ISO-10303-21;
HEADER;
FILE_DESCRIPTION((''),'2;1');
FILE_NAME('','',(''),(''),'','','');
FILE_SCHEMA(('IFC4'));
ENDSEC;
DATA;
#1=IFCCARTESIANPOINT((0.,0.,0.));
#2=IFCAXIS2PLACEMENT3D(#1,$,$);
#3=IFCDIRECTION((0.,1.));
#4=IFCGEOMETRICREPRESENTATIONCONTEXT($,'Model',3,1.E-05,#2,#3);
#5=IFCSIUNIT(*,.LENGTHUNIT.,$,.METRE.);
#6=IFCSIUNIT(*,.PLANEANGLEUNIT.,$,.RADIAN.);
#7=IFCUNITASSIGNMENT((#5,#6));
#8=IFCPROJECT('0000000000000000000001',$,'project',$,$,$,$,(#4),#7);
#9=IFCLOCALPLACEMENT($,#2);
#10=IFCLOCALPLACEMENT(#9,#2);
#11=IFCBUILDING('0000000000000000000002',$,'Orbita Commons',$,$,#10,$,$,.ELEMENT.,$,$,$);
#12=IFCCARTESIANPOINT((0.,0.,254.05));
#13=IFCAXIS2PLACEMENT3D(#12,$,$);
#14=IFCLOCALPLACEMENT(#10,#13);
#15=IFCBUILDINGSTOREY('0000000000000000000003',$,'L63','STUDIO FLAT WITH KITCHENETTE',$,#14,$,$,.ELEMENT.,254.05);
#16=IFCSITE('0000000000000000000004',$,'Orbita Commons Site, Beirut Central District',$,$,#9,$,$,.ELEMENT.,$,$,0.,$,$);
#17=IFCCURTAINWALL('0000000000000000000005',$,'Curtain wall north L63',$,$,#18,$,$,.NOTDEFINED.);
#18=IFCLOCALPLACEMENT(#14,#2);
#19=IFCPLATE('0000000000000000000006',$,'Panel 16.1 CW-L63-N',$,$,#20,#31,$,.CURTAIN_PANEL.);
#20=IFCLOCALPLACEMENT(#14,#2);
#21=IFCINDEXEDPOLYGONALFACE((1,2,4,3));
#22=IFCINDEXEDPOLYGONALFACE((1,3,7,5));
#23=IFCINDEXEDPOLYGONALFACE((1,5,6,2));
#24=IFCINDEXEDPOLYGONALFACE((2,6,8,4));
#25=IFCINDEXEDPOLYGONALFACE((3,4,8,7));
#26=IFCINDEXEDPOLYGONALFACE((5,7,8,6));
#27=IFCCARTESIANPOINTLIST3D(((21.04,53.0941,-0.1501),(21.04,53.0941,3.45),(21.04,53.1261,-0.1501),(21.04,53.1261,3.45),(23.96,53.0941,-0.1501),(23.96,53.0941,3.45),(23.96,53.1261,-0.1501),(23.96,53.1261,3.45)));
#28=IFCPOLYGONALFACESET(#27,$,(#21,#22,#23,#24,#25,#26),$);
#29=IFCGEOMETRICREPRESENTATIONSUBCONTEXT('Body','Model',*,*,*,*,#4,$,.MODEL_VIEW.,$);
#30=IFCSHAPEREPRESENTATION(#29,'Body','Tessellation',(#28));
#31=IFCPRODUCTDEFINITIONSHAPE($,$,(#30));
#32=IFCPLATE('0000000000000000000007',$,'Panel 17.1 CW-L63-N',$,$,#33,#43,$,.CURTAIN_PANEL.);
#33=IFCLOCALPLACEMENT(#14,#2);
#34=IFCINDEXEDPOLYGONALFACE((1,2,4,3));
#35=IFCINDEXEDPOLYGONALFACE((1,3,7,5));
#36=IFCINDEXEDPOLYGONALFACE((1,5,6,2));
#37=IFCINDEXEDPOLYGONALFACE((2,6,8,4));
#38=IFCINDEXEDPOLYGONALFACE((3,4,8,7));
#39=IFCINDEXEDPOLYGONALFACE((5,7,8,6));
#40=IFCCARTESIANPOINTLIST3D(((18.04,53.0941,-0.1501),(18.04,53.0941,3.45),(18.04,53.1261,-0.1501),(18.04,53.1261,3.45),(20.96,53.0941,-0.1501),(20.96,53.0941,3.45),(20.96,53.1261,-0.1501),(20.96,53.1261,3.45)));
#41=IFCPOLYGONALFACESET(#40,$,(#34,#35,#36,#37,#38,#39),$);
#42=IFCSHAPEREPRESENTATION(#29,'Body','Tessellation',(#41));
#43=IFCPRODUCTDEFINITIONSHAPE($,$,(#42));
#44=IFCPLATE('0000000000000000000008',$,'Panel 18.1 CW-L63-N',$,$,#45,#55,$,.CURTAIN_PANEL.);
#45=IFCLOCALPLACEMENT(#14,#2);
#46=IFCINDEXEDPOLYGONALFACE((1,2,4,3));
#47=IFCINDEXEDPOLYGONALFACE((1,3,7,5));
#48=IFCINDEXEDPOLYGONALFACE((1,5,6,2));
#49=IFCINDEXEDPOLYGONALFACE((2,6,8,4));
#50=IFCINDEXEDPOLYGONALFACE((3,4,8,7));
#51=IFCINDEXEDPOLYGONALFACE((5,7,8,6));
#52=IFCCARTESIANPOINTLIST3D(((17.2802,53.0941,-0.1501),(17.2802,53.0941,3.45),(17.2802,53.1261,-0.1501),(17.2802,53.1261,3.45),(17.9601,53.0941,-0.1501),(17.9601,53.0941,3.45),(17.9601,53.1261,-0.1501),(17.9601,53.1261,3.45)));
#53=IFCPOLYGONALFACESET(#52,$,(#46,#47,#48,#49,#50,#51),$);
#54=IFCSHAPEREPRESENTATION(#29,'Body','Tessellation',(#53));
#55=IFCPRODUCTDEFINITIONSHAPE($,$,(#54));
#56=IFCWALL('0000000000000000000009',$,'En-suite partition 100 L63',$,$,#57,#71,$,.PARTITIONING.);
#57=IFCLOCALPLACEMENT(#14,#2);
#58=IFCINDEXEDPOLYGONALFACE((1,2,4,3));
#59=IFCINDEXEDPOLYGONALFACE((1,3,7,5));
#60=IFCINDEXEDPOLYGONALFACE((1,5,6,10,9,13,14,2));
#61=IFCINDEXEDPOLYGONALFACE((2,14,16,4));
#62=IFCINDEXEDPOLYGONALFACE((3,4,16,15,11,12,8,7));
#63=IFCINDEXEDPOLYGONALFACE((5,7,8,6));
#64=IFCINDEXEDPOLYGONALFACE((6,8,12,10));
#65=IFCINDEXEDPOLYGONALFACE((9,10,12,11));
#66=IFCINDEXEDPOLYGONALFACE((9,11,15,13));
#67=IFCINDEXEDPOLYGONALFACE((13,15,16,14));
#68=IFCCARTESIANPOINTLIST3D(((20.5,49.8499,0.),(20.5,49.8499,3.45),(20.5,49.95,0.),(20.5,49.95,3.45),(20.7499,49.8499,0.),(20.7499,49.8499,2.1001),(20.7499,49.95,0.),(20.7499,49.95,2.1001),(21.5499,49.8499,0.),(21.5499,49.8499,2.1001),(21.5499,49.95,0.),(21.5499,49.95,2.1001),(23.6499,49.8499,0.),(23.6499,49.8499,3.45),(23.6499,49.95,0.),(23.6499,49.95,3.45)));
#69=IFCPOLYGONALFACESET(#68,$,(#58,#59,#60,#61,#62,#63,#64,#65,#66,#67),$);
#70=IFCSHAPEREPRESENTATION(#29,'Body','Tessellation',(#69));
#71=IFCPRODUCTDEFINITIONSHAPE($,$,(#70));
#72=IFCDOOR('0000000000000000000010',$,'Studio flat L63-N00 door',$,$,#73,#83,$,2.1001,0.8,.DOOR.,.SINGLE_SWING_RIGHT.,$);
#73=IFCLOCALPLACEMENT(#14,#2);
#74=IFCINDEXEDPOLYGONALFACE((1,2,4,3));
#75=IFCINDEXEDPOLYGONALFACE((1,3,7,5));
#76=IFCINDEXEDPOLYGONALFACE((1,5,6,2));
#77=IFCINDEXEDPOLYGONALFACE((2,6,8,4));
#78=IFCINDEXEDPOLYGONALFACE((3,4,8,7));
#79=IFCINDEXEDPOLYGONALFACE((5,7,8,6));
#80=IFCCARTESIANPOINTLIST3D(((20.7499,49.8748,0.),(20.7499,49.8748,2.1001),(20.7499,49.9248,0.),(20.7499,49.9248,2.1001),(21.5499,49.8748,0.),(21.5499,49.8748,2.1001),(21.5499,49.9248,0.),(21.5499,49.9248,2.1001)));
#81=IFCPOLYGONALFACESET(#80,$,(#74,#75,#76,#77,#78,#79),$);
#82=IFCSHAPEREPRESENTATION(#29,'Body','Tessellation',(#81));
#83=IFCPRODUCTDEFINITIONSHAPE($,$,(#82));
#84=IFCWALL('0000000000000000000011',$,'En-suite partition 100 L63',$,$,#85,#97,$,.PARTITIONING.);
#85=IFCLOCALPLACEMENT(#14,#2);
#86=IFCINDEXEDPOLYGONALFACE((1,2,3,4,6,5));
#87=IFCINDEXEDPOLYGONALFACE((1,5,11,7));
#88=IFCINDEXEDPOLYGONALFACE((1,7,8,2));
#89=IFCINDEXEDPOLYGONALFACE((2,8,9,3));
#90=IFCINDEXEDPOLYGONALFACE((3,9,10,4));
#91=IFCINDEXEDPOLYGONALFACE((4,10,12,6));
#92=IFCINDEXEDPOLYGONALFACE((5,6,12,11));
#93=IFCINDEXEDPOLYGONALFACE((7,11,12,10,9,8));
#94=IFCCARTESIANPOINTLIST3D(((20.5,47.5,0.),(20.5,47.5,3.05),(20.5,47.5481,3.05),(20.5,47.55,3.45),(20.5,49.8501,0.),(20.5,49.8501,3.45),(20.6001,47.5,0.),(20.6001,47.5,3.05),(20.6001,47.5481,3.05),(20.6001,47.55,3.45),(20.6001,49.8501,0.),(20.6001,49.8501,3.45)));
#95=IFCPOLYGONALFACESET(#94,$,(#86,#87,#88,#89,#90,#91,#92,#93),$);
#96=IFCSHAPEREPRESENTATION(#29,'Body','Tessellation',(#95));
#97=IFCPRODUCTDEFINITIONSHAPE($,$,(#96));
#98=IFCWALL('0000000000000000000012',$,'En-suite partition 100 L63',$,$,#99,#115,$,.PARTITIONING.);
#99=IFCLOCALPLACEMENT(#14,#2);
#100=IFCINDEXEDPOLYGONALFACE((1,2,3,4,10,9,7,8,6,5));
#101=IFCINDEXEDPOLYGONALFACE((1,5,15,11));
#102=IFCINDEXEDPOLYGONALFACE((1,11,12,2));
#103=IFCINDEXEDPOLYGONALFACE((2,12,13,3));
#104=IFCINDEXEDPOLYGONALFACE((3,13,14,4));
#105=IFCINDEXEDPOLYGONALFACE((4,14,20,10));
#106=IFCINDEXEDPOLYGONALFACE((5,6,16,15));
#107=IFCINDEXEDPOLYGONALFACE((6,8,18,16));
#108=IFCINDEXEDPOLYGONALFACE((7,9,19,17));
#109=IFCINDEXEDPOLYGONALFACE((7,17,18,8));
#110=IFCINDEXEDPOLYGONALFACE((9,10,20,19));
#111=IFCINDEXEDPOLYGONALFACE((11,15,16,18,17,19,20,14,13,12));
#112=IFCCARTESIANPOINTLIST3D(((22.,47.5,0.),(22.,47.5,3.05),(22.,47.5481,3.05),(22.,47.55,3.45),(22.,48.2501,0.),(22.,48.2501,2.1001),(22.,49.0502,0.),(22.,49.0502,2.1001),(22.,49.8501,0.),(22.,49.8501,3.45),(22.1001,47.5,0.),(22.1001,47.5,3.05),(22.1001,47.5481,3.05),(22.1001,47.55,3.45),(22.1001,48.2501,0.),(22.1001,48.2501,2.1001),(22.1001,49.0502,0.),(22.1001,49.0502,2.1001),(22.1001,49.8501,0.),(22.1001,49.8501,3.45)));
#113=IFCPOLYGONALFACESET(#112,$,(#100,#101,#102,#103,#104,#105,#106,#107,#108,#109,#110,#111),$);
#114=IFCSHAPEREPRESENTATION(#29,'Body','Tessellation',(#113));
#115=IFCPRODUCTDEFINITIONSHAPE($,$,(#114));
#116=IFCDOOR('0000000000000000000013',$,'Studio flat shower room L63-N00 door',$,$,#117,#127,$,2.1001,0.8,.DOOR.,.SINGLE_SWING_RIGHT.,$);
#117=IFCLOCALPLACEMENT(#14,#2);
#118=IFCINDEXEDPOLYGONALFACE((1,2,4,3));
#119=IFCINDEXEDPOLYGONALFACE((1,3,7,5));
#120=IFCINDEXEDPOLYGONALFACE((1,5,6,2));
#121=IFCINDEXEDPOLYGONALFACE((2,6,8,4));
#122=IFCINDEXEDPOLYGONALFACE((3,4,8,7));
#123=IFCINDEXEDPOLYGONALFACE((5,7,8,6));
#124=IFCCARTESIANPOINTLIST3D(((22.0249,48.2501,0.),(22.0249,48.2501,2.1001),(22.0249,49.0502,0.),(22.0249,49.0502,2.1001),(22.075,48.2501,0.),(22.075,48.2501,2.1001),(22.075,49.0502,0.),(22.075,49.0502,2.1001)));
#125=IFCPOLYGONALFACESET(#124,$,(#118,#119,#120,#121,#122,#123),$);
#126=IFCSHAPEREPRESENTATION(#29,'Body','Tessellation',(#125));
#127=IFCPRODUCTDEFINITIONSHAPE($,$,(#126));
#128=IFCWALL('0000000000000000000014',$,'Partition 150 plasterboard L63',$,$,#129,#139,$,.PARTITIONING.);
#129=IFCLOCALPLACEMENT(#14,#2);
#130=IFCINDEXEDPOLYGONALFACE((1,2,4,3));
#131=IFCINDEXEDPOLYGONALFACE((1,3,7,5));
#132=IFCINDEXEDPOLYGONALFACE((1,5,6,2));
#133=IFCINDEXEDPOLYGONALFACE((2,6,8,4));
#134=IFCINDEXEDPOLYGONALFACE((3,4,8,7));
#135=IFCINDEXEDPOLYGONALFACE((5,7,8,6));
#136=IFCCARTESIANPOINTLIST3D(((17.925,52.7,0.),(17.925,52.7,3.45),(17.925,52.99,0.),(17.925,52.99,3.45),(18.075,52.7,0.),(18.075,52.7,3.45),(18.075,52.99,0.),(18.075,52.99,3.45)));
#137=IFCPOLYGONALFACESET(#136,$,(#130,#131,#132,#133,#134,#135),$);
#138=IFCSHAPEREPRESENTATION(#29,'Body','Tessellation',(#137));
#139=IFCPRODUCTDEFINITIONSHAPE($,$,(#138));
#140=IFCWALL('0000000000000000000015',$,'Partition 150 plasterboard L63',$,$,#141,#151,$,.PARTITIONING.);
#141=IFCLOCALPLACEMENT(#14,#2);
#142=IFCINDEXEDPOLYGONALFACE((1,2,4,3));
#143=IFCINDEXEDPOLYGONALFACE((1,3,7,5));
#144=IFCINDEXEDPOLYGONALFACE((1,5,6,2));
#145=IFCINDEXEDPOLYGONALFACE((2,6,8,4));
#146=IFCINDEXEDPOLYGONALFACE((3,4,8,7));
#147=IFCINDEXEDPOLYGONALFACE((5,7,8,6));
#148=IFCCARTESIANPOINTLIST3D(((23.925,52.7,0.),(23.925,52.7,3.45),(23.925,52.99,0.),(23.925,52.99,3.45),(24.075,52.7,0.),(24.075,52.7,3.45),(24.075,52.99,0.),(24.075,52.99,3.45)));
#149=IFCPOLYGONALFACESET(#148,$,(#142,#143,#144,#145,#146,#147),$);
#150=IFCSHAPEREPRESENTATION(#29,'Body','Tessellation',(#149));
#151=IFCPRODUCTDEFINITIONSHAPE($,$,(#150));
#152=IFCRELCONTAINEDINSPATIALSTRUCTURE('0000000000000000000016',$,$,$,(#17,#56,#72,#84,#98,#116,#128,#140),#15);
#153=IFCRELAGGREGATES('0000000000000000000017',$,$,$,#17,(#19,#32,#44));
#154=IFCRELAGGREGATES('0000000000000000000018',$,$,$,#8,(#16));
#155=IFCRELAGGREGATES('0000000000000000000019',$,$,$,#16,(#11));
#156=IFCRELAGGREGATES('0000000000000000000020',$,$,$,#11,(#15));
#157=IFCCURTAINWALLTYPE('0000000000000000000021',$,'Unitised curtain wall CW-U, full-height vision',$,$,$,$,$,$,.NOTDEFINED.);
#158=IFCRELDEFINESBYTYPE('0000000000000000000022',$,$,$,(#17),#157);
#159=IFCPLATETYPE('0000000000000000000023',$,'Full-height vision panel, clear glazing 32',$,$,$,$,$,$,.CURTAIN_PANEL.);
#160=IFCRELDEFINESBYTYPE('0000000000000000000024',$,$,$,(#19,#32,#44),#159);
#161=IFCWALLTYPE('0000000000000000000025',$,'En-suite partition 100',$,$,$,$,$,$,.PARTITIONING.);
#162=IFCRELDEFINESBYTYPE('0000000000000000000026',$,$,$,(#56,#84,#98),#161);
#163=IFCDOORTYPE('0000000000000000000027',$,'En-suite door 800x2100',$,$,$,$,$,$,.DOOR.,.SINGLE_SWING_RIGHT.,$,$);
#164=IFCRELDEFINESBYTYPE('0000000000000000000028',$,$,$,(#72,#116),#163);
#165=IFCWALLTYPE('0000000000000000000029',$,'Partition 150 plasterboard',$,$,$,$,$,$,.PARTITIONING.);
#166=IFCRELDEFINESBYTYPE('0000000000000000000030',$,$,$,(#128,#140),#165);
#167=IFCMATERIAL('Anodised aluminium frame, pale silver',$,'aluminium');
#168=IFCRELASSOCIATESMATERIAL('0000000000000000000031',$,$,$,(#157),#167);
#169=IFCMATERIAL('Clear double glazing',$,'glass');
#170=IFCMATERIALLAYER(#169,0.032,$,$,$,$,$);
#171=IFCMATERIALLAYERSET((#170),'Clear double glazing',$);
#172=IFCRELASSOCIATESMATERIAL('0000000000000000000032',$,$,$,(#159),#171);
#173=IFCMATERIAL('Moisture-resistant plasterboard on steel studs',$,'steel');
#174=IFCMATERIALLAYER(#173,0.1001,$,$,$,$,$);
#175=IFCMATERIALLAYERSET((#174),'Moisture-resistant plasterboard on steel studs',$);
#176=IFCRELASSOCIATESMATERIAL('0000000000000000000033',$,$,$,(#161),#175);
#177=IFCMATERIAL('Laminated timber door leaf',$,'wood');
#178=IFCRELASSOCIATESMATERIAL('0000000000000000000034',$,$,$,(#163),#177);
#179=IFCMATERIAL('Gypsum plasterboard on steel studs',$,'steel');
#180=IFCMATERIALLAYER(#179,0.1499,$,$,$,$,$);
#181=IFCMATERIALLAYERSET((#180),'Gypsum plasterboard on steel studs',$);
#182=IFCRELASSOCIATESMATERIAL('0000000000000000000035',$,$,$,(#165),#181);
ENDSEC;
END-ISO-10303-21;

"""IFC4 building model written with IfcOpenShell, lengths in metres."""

from ifc_helpers import new_model, si_unit, direction, frame, frame_2d, origin, origin_2d, place, context, subcontext, project, spatial, polyline, rectangle, outline, extrude, material, layer, layer_set, type_object, element, fill, aggregate, save


model = new_model("IFC4")

# Units and contexts
model_context = context("Model", 3, precision=1e-05, world=origin(), true_north=direction((0.0, 1.0)))
body_context = subcontext(model_context, "Body", "Model", "MODEL_VIEW")
ifc_project = project(units=[si_unit("LENGTHUNIT", "METRE"), si_unit("PLANEANGLEUNIT", "RADIAN")], contexts=[model_context])

# Site, building, storey
site_placement = place(None, origin())
site = spatial("IfcSite", under=ifc_project, at=site_placement, Name="Orbita Commons Site, Beirut Central District", CompositionType="ELEMENT", RefElevation=0.0)
building_placement = place(site_placement, origin())
building = spatial("IfcBuilding", under=site, at=building_placement, Name="Orbita Commons", CompositionType="ELEMENT")
storey_placement = place(building_placement, frame((0.0, 0.0, 254.05)))
storey = spatial("IfcBuildingStorey", under=building, at=storey_placement, Name="L63", Description="STUDIO FLAT WITH KITCHENETTE", CompositionType="ELEMENT", Elevation=254.05)

# Curtain wall
ifc_material_1 = material(Name="Anodised aluminium frame, pale silver", Category="aluminium")
curtain_wall_type = type_object("IfcCurtainWallType", Name="Unitised curtain wall CW-U, full-height vision", PredefinedType="NOTDEFINED", material=ifc_material_1)
curtain_wall_placement = place(storey_placement, origin())
curtain_wall = element("IfcCurtainWall", 1, at=curtain_wall_placement, inside=storey, type_object=curtain_wall_type, Name="Curtain wall north L63", PredefinedType="NOTDEFINED")

# Plates
ifc_material_2 = material(Name="Clear double glazing", Category="glass")
ifc_layer_1 = layer(ifc_material_2, 0.032)
ifc_layer_set_1 = layer_set([ifc_layer_1], Name="Clear double glazing")
plate_type = type_object("IfcPlateType", Name="Full-height vision panel, clear glazing 32", PredefinedType="CURTAIN_PANEL", material=ifc_layer_set_1)
plate_1_placement = place(storey_placement, frame((22.5, 53.1101, -0.1501), z_axis=(0.0, 0.0, 1.0), x_axis=(-1.0, 0.0, 0.0)))
plate_1 = element("IfcPlate", 2, at=plate_1_placement, type_object=plate_type, Name="Panel 16.1 CW-L63-N", PredefinedType="CURTAIN_PANEL", context=body_context, shape_type="SweptSolid", body=[
    extrude(rectangle(XDim=2.9199, YDim=0.032, at=origin_2d()), origin(), (0.0, 0.0, 1.0), 3.6001),
])
plate_2_placement = place(storey_placement, frame((19.5, 53.1101, -0.1501), z_axis=(0.0, 0.0, 1.0), x_axis=(-1.0, 0.0, 0.0)))
plate_2 = element("IfcPlate", 3, at=plate_2_placement, type_object=plate_type, Name="Panel 17.1 CW-L63-N", PredefinedType="CURTAIN_PANEL", context=body_context, shape_type="SweptSolid", body=[
    extrude(rectangle(XDim=2.9199, YDim=0.032, at=origin_2d()), origin(), (0.0, 0.0, 1.0), 3.6001),
])
plate_3_placement = place(storey_placement, frame((17.6201, 53.1101, -0.1501), z_axis=(0.0, 0.0, 1.0), x_axis=(-1.0, 0.0, 0.0)))
plate_3 = element("IfcPlate", 4, at=plate_3_placement, type_object=plate_type, Name="Panel 18.1 CW-L63-N", PredefinedType="CURTAIN_PANEL", context=body_context, shape_type="SweptSolid", body=[
    extrude(rectangle(XDim=0.6799, YDim=0.032, at=origin_2d()), origin(), (0.0, 0.0, 1.0), 3.6001),
])
aggregate(curtain_wall, [plate_1, plate_2, plate_3])

# Wall, opening, door
ifc_material_3 = material(Name="Moisture-resistant plasterboard on steel studs", Category="steel")
ifc_layer_2 = layer(ifc_material_3, 0.1001)
ifc_layer_set_2 = layer_set([ifc_layer_2], Name="Moisture-resistant plasterboard on steel studs")
wall_type_1 = type_object("IfcWallType", Name="En-suite partition 100", PredefinedType="PARTITIONING", material=ifc_layer_set_2)
wall_1_placement = place(storey_placement, frame((20.5, 49.8999, 0.0), z_axis=(0.0, 0.0, 1.0), x_axis=(1.0, 0.0, 0.0)))
wall_1 = element("IfcWall", 5, at=wall_1_placement, inside=storey, type_object=wall_type_1, Name="En-suite partition 100 L63", PredefinedType="PARTITIONING", context=body_context, shape_type="SweptSolid", body=[
    extrude(rectangle(XDim=3.1499, YDim=0.1001, at=frame_2d((1.575, 0.0))), origin(), (0.0, 0.0, 1.0), 3.45),
])
opening_1_placement = place(wall_1_placement, frame((0.25, 0.0, 0.0)))
opening_1 = element("IfcOpeningElement", 6, at=opening_1_placement, cuts=wall_1, PredefinedType="OPENING", context=body_context, shape_type="SweptSolid", body=[
    extrude(rectangle(XDim=0.8, YDim=2.1001, at=frame_2d((0.3999, 1.05))), frame((0.0, 0.0601, 0.0), z_axis=(0.0, -1.0, 0.0), x_axis=(1.0, 0.0, 0.0)), (0.0, 0.0, 1.0), 0.1201),
])
ifc_material_4 = material(Name="Laminated timber door leaf", Category="wood")
door_type = type_object("IfcDoorType", Name="En-suite door 800x2100", OperationType="SINGLE_SWING_RIGHT", PredefinedType="DOOR", material=ifc_material_4)
door_1_placement = place(opening_1_placement, origin())
door_1 = element("IfcDoor", 7, at=door_1_placement, inside=storey, type_object=door_type, Name="Studio flat L63-N00 door", OperationType="SINGLE_SWING_RIGHT", OverallHeight=2.1001, OverallWidth=0.8, PredefinedType="DOOR", context=body_context, shape_type="SweptSolid", body=[
    extrude(rectangle(XDim=0.8, YDim=2.1001, at=frame_2d((0.3999, 1.05))), frame((0.0, 0.0249, 0.0), z_axis=(0.0, -1.0, 0.0), x_axis=(1.0, 0.0, 0.0)), (0.0, 0.0, 1.0), 0.05),
])
fill(opening_1, door_1)

# Wall
wall_2_placement = place(storey_placement, frame((20.55, 49.8501, 0.0), z_axis=(0.0, 0.0, 1.0), x_axis=(0.0, -1.0, 0.0)))
element("IfcWall", 8, at=wall_2_placement, inside=storey, type_object=wall_type_1, Name="En-suite partition 100 L63", PredefinedType="PARTITIONING", context=body_context, shape_type="SweptSolid", body=[
    extrude(outline(polyline([(0.0, 0.0), (2.3501, 0.0), (2.3501, 3.05), (2.302, 3.05), (2.3, 3.45), (0.0, 3.45), (0.0, 0.0)])), frame((0.0, 0.05, 0.0), z_axis=(0.0, -1.0, 0.0), x_axis=(1.0, 0.0, 0.0)), (0.0, 0.0, 1.0), 0.1001),
])

# Wall, opening, door
wall_3_placement = place(storey_placement, frame((22.05, 49.8501, 0.0), z_axis=(0.0, 0.0, 1.0), x_axis=(0.0, -1.0, 0.0)))
wall_3 = element("IfcWall", 9, at=wall_3_placement, inside=storey, type_object=wall_type_1, Name="En-suite partition 100 L63", PredefinedType="PARTITIONING", context=body_context, shape_type="SweptSolid", body=[
    extrude(outline(polyline([(0.0, 0.0), (2.3501, 0.0), (2.3501, 3.05), (2.302, 3.05), (2.3, 3.45), (0.0, 3.45), (0.0, 0.0)])), frame((0.0, 0.05, 0.0), z_axis=(0.0, -1.0, 0.0), x_axis=(1.0, 0.0, 0.0)), (0.0, 0.0, 1.0), 0.1001),
])
opening_2_placement = place(wall_3_placement, frame((0.8, 0.0, 0.0)))
opening_2 = element("IfcOpeningElement", 10, at=opening_2_placement, cuts=wall_3, PredefinedType="OPENING", context=body_context, shape_type="SweptSolid", body=[
    extrude(rectangle(XDim=0.8, YDim=2.1001, at=frame_2d((0.3999, 1.05))), frame((0.0, 0.0601, 0.0), z_axis=(0.0, -1.0, 0.0), x_axis=(1.0, 0.0, 0.0)), (0.0, 0.0, 1.0), 0.1201),
])
door_2_placement = place(opening_2_placement, origin())
door_2 = element("IfcDoor", 11, at=door_2_placement, inside=storey, type_object=door_type, Name="Studio flat shower room L63-N00 door", OperationType="SINGLE_SWING_RIGHT", OverallHeight=2.1001, OverallWidth=0.8, PredefinedType="DOOR", context=body_context, shape_type="SweptSolid", body=[
    extrude(rectangle(XDim=0.8, YDim=2.1001, at=frame_2d((0.3999, 1.05))), frame((0.0, 0.0249, 0.0), z_axis=(0.0, -1.0, 0.0), x_axis=(1.0, 0.0, 0.0)), (0.0, 0.0, 1.0), 0.05),
])
fill(opening_2, door_2)

# Walls
ifc_material_5 = material(Name="Gypsum plasterboard on steel studs", Category="steel")
ifc_layer_3 = layer(ifc_material_5, 0.1499)
ifc_layer_set_3 = layer_set([ifc_layer_3], Name="Gypsum plasterboard on steel studs")
wall_type_2 = type_object("IfcWallType", Name="Partition 150 plasterboard", PredefinedType="PARTITIONING", material=ifc_layer_set_3)
for number, where, z_axis, x_axis, name in (
    (12, (18.0, 52.7, 0.0), (0.0, 0.0, 1.0), (0.0, 1.0, 0.0), "Partition 150 plasterboard L63"),
    (13, (24.0, 52.7, 0.0), (0.0, 0.0, 1.0), (0.0, 1.0, 0.0), "Partition 150 plasterboard L63"),
):
    element("IfcWall", number, at=place(storey_placement, frame(where, z_axis=z_axis, x_axis=x_axis)), inside=storey, type_object=wall_type_2, Name=name, PredefinedType="PARTITIONING", context=body_context, shape_type="SweptSolid", body=[
        extrude(rectangle(XDim=0.29, YDim=0.1499, at=frame_2d((0.145, 0.0))), origin(), (0.0, 0.0, 1.0), 3.45),
    ])

save(model, "model.ifc")
